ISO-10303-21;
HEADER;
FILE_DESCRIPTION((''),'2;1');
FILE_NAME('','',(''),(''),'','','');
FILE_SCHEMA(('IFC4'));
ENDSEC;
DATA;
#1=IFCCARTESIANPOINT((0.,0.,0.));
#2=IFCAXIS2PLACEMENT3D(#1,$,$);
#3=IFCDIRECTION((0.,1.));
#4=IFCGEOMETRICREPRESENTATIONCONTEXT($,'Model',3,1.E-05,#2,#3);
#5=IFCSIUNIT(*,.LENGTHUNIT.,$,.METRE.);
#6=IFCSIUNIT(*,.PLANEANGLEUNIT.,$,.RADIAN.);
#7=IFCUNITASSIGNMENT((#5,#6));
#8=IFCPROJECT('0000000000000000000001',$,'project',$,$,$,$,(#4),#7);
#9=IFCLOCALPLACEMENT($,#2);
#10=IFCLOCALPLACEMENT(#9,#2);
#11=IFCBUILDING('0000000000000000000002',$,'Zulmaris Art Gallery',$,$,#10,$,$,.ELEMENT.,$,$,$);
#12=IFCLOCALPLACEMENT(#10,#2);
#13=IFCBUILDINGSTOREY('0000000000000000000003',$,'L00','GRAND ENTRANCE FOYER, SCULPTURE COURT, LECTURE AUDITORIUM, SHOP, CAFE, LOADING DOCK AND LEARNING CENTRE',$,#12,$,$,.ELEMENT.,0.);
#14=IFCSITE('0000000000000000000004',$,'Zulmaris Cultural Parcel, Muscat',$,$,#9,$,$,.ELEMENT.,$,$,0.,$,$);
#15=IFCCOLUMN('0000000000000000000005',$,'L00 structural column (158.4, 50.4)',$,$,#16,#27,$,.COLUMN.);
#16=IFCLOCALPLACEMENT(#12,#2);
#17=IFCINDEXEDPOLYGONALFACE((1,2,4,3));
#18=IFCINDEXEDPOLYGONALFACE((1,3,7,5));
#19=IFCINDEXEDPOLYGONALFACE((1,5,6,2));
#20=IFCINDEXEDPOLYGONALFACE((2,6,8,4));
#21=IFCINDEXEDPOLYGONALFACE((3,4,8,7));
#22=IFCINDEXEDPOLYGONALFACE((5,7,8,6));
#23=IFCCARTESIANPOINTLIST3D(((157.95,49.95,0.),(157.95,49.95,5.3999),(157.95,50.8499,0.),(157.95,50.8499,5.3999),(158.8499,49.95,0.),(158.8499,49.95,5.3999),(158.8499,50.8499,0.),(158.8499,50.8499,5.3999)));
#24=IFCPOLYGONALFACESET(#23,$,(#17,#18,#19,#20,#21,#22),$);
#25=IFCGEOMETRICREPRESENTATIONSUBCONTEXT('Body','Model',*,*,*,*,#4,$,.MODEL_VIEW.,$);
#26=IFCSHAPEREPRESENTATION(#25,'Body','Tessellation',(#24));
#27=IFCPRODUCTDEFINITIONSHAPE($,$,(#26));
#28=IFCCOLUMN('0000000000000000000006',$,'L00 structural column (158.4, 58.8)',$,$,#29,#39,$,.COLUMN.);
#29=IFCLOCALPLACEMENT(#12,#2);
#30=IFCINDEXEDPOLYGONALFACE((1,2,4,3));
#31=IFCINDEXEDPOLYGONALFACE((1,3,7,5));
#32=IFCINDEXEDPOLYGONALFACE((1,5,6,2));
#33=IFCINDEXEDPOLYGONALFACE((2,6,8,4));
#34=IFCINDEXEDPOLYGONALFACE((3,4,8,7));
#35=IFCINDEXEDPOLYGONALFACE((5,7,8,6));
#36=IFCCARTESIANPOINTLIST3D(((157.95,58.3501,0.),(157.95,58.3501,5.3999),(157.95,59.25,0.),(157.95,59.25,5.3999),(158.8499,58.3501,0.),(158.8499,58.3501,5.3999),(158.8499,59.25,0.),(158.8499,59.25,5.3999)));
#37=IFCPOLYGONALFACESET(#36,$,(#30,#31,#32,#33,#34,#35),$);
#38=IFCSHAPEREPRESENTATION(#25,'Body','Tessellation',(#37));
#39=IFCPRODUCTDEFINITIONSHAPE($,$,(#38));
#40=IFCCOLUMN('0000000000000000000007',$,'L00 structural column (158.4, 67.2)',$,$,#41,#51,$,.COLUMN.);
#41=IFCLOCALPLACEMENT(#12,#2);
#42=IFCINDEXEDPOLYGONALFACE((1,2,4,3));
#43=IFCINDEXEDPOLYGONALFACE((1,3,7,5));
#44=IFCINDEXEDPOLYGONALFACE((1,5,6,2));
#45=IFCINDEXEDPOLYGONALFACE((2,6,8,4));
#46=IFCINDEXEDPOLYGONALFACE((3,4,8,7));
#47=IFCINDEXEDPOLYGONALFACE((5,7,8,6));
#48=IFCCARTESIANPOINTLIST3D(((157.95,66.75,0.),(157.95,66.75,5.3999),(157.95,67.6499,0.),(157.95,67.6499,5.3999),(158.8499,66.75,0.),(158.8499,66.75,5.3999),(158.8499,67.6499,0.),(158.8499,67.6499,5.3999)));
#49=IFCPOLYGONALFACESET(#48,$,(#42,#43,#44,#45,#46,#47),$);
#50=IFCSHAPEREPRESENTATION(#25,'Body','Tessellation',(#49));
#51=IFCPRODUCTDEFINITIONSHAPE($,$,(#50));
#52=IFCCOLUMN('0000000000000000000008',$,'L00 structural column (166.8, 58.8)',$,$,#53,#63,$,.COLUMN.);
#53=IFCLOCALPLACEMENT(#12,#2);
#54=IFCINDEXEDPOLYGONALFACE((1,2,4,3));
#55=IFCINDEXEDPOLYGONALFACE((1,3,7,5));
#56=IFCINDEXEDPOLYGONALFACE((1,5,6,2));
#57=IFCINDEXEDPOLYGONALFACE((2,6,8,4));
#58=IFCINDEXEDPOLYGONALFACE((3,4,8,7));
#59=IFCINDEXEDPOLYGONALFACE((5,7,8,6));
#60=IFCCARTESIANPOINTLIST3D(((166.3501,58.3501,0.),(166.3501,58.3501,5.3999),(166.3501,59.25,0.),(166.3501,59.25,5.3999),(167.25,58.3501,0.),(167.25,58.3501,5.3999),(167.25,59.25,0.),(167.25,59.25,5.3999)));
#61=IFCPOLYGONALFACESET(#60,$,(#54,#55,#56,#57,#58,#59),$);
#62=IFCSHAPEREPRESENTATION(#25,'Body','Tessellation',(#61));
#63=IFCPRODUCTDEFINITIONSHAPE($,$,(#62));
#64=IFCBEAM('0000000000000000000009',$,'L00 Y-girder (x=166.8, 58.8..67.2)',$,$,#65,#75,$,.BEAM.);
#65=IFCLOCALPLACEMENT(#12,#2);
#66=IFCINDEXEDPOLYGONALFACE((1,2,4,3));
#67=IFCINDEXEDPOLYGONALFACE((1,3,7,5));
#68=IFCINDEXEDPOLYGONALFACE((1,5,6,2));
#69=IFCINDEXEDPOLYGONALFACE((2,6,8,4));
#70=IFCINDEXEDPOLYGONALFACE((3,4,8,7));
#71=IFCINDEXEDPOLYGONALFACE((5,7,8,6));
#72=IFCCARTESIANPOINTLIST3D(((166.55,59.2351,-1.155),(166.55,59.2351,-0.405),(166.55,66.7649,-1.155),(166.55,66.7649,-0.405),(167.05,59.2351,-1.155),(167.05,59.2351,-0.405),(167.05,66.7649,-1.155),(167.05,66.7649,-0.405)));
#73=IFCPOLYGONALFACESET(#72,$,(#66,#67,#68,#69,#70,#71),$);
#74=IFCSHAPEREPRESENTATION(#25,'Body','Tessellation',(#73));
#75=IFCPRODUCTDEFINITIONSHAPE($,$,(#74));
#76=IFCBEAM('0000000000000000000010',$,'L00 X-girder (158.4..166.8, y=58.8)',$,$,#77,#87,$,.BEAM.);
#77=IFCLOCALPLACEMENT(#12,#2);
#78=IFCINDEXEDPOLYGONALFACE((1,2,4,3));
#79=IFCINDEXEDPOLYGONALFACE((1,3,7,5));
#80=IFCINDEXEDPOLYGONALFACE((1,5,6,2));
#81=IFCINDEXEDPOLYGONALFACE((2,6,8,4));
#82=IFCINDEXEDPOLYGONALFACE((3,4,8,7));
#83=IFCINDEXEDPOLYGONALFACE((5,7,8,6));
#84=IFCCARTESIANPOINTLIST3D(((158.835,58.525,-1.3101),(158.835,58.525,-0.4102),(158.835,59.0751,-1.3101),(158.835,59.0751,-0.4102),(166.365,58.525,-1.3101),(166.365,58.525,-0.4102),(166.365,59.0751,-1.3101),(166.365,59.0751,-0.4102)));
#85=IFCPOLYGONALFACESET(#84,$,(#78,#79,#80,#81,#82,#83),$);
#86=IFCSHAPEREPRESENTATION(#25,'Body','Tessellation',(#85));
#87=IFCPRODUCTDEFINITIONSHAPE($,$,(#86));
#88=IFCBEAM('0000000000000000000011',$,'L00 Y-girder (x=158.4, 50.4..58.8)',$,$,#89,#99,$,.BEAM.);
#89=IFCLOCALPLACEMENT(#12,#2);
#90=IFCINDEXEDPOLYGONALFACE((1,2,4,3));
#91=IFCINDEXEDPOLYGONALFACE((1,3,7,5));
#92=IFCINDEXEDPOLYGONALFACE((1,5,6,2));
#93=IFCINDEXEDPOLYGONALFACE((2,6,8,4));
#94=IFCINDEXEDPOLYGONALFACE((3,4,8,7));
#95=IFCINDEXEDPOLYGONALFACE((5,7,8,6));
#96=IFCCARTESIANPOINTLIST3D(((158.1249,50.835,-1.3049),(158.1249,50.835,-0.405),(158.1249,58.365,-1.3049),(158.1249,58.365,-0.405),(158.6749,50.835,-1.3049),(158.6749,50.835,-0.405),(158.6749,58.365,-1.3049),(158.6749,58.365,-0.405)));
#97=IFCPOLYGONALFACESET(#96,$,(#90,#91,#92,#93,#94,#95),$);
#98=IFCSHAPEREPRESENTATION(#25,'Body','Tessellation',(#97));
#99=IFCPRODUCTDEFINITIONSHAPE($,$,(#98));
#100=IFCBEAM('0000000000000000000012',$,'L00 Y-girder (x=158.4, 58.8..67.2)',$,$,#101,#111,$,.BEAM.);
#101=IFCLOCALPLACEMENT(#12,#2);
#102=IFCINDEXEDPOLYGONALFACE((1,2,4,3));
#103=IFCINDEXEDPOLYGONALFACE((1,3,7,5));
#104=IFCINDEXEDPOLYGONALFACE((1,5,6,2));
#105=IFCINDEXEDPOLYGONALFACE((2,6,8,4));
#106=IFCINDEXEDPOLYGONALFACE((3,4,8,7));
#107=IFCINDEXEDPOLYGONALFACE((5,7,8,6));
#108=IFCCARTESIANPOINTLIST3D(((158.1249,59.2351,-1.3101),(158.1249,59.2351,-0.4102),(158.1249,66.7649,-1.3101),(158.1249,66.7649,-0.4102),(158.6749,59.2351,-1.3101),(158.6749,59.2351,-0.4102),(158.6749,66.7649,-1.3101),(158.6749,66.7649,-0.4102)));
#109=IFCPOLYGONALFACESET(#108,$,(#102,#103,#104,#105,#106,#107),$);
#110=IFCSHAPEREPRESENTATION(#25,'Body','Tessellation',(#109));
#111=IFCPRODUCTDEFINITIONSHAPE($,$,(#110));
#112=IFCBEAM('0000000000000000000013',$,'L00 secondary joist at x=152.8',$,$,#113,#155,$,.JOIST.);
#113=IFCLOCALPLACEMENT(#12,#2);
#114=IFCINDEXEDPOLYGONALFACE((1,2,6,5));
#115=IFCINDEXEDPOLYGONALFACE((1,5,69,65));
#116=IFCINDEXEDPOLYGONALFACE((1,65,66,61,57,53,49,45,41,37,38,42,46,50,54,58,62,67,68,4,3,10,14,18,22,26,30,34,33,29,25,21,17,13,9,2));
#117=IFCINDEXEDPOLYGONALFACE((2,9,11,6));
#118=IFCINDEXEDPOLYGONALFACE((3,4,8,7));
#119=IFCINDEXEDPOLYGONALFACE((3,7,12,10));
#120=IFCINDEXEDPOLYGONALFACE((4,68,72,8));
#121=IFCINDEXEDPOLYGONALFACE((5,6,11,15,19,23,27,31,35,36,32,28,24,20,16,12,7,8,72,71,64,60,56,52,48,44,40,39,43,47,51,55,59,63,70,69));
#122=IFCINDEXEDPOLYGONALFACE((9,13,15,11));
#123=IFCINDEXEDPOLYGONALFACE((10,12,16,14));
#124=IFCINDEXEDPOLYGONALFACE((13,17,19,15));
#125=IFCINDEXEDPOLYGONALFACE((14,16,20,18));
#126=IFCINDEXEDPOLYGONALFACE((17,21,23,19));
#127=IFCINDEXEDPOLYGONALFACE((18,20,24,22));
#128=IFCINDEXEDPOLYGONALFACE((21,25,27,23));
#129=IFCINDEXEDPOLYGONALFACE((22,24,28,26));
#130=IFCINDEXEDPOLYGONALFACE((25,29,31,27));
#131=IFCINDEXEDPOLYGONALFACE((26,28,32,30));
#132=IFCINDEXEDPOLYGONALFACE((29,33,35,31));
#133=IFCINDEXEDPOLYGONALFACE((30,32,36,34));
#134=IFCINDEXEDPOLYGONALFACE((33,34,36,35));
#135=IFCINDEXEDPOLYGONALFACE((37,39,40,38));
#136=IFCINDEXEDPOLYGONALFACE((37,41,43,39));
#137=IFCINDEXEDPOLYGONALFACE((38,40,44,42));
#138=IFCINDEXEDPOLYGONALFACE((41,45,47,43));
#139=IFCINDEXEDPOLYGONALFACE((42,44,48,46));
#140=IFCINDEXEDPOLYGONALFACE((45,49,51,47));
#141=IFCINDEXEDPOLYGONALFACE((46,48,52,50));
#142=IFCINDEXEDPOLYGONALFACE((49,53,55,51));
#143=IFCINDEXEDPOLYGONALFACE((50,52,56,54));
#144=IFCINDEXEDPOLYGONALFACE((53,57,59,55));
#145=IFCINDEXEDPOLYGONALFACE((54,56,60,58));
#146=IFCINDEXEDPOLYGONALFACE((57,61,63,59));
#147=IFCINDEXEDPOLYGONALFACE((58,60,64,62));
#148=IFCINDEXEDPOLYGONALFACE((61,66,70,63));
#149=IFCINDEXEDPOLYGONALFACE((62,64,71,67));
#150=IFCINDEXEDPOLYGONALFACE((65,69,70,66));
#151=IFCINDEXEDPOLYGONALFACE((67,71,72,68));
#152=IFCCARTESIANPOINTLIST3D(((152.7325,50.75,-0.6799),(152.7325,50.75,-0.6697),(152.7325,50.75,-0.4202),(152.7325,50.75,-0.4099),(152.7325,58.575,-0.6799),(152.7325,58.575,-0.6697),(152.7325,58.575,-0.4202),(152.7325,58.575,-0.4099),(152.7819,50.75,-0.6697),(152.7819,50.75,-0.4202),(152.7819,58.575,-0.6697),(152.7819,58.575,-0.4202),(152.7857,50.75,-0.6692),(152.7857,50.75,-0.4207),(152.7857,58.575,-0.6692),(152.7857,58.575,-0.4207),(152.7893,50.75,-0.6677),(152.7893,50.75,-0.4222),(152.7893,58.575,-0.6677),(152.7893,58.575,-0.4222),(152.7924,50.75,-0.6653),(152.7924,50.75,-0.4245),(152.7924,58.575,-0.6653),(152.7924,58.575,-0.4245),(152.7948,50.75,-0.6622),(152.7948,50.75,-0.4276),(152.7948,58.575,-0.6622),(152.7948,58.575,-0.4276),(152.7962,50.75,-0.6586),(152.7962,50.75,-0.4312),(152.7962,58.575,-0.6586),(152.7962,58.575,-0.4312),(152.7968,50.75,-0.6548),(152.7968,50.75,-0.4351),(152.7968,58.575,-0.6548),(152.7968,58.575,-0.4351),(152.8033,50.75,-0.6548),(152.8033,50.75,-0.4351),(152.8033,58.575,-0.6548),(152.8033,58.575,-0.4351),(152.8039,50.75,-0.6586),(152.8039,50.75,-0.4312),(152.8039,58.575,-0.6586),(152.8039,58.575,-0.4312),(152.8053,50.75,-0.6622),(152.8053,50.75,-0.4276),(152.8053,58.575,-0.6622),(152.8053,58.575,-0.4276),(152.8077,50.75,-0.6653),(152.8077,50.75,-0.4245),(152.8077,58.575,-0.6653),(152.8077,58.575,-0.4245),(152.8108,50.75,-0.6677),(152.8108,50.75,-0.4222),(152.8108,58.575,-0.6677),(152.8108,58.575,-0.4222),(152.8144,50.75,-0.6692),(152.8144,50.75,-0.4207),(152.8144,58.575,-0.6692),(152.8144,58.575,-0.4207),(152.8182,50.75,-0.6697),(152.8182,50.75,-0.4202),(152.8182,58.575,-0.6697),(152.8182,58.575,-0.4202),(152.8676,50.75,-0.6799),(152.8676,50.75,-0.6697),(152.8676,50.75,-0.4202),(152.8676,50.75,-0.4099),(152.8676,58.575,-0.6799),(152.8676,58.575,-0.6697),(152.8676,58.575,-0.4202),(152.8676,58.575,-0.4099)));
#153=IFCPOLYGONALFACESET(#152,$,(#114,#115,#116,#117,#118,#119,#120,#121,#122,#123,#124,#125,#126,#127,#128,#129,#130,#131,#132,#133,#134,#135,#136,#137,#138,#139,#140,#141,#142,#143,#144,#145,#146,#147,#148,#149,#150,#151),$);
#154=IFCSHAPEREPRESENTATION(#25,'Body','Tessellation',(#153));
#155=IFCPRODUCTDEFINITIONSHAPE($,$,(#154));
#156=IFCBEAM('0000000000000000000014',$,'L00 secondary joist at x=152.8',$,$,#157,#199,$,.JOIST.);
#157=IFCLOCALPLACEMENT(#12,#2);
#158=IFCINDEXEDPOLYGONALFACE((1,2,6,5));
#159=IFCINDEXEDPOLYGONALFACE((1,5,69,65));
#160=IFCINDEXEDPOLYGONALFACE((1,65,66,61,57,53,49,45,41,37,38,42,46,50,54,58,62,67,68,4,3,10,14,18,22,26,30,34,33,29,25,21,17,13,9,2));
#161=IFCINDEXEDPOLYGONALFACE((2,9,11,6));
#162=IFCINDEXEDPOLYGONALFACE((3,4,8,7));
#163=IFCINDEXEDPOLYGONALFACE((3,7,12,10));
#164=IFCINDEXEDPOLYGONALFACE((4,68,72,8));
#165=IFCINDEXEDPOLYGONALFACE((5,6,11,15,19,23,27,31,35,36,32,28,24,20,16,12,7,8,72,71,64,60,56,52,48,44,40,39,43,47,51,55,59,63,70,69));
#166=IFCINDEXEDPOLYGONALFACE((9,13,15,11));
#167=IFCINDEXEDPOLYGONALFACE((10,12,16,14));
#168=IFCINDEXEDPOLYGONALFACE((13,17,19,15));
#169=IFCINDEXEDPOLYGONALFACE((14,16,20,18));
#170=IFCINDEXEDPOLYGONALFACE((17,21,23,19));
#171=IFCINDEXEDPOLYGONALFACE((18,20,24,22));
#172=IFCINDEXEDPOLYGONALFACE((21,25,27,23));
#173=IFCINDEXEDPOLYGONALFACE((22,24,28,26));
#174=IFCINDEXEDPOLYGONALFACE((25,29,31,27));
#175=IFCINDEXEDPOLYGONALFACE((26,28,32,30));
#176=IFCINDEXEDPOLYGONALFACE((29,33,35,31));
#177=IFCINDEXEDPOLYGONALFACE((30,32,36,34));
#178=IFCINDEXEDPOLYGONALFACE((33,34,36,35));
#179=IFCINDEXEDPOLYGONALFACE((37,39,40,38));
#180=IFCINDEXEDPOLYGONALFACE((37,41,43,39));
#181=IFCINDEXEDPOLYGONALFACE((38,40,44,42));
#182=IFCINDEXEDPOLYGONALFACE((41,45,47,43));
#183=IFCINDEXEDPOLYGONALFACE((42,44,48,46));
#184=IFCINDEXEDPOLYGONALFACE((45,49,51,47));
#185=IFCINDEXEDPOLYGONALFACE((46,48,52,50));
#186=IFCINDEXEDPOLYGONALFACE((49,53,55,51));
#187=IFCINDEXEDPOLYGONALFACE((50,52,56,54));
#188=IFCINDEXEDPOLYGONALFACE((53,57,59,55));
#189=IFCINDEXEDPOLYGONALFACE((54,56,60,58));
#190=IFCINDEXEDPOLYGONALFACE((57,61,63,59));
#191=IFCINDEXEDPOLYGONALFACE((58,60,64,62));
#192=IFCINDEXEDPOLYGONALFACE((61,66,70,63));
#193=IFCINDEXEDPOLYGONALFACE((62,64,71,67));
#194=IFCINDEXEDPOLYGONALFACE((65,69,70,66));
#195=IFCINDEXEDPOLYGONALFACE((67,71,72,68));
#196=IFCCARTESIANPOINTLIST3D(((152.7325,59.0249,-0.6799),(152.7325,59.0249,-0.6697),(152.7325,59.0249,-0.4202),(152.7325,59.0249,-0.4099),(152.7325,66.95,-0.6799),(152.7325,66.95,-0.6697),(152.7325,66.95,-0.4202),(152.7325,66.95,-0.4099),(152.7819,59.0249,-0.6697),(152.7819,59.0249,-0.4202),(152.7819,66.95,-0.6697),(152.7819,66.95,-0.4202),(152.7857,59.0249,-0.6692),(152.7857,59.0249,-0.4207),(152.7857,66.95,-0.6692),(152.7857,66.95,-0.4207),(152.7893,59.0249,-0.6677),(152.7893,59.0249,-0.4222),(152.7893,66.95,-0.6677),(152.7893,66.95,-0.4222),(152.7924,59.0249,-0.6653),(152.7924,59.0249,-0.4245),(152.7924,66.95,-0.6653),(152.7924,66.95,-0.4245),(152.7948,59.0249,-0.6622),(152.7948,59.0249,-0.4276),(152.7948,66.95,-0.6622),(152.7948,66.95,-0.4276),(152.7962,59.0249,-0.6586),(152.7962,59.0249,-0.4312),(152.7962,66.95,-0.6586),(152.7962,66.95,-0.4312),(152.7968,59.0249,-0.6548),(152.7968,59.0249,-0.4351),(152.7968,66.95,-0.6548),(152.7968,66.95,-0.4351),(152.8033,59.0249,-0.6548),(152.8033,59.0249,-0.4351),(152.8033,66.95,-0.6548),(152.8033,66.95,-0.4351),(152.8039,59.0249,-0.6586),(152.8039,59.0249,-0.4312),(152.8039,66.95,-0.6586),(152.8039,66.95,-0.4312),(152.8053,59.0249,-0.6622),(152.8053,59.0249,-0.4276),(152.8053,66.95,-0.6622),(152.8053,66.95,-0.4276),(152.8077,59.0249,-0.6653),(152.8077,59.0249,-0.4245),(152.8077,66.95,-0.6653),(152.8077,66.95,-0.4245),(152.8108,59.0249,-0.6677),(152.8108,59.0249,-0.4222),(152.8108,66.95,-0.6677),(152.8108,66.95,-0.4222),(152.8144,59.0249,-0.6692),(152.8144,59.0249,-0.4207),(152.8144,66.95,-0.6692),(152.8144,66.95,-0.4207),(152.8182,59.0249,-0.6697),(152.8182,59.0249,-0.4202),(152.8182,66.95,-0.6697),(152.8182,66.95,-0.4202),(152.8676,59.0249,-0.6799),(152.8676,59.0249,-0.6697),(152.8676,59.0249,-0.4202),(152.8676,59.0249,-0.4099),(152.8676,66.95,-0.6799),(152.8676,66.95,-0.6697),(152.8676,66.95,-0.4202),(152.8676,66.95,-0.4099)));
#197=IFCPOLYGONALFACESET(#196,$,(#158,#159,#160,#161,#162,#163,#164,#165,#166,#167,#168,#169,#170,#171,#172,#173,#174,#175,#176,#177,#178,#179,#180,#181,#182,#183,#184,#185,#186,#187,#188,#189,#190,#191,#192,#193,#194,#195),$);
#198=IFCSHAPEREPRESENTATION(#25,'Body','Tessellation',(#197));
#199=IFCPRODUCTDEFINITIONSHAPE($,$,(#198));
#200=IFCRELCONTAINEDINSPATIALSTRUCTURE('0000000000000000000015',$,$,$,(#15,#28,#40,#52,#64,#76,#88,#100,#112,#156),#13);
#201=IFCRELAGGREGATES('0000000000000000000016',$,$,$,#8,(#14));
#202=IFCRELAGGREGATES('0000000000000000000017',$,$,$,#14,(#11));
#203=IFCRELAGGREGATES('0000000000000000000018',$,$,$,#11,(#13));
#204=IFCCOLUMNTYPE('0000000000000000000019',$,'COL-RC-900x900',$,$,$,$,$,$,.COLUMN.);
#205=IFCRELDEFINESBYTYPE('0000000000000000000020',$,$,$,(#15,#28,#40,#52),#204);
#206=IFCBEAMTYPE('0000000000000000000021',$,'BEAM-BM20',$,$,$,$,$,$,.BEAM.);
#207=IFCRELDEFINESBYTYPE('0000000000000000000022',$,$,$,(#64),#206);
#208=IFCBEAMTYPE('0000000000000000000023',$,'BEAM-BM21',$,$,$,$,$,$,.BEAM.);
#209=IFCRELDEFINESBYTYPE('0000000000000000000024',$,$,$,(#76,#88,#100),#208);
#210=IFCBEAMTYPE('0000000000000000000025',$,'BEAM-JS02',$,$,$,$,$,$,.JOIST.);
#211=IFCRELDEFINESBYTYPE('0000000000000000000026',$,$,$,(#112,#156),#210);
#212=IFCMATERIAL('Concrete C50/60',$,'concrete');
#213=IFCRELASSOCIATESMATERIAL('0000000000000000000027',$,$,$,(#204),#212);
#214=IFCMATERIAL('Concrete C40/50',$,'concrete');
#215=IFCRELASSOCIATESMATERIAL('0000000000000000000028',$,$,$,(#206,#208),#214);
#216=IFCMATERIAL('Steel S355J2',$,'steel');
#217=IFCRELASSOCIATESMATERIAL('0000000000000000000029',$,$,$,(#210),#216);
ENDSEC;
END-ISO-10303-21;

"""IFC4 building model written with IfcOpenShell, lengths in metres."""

from ifc_helpers import new_model, si_unit, direction, frame, origin, origin_2d, place, context, subcontext, project, spatial, rectangle, i_section, extrude, material, material_profile, profile_set, type_object, element, save


model = new_model("IFC4")

# Units and contexts
model_context = context("Model", 3, precision=1e-05, world=origin(), true_north=direction((0.0, 1.0)))
body_context = subcontext(model_context, "Body", "Model", "MODEL_VIEW")
ifc_project = project(units=[si_unit("LENGTHUNIT", "METRE"), si_unit("PLANEANGLEUNIT", "RADIAN")], contexts=[model_context])

# Site, building, storey
site_placement = place(None, origin())
site = spatial("IfcSite", under=ifc_project, at=site_placement, Name="Zulmaris Cultural Parcel, Muscat", CompositionType="ELEMENT", RefElevation=0.0)
building_placement = place(site_placement, origin())
building = spatial("IfcBuilding", under=site, at=building_placement, Name="Zulmaris Art Gallery", CompositionType="ELEMENT")
storey_placement = place(building_placement, origin())
storey = spatial("IfcBuildingStorey", under=building, at=storey_placement, Name="L00", Description="GRAND ENTRANCE FOYER, SCULPTURE COURT, LECTURE AUDITORIUM, SHOP, CAFE, LOADING DOCK AND LEARNING CENTRE", CompositionType="ELEMENT", Elevation=0.0)

# Columns
ifc_material_1 = material(Name="Concrete C50/60", Category="concrete")
ifc_material_profile_1 = material_profile(ifc_material_1, rectangle(XDim=0.8999, YDim=0.8999, at=origin_2d()), Name="RC 900x900")
ifc_profile_set_1 = profile_set([ifc_material_profile_1], Name="Concrete C50/60")
column_type = type_object("IfcColumnType", Name="COL-RC-900x900", PredefinedType="COLUMN", material=ifc_profile_set_1)
for number, where, z_axis, x_axis, name in (
    (1, (158.3999, 50.3999, 0.0), (0.0, 0.0, 1.0), (1.0, 0.0, 0.0), "L00 structural column (158.4, 50.4)"),
    (2, (158.3999, 58.8, 0.0), (0.0, 0.0, 1.0), (1.0, 0.0, 0.0), "L00 structural column (158.4, 58.8)"),
    (3, (158.3999, 67.2, 0.0), (0.0, 0.0, 1.0), (1.0, 0.0, 0.0), "L00 structural column (158.4, 67.2)"),
    (4, (166.8, 58.8, 0.0), (0.0, 0.0, 1.0), (1.0, 0.0, 0.0), "L00 structural column (166.8, 58.8)"),
):
    element("IfcColumn", number, at=place(storey_placement, frame(where, z_axis=z_axis, x_axis=x_axis)), inside=storey, type_object=column_type, Name=name, PredefinedType="COLUMN", context=body_context, shape_type="SweptSolid", body=[
        extrude(rectangle(XDim=0.8999, YDim=0.8999, at=origin_2d()), origin(), (0.0, 0.0, 1.0), 5.3999),
    ])

# Beams
ifc_material_2 = material(Name="Concrete C40/50", Category="concrete")
ifc_material_profile_2 = material_profile(ifc_material_2, rectangle(XDim=0.5, YDim=0.75, at=origin_2d()), Name="RC 500x750")
ifc_profile_set_2 = profile_set([ifc_material_profile_2], Name="Concrete C40/50")
beam_type_1 = type_object("IfcBeamType", Name="BEAM-BM20", PredefinedType="BEAM", material=ifc_profile_set_2)
beam_1_placement = place(storey_placement, frame((166.8, 59.2351, -0.78), z_axis=(0.0, 1.0, 0.0), x_axis=(-1.0, 0.0, 0.0)))
element("IfcBeam", 5, at=beam_1_placement, inside=storey, type_object=beam_type_1, Name="L00 Y-girder (x=166.8, 58.8..67.2)", PredefinedType="BEAM", context=body_context, shape_type="SweptSolid", body=[
    extrude(rectangle(XDim=0.5, YDim=0.75, at=origin_2d()), origin(), (0.0, 0.0, 1.0), 7.5298),
])
ifc_material_profile_3 = material_profile(ifc_material_2, rectangle(XDim=0.55, YDim=0.8999, at=origin_2d()), Name="RC 550x900")
ifc_profile_set_3 = profile_set([ifc_material_profile_3], Name="Concrete C40/50")
beam_type_2 = type_object("IfcBeamType", Name="BEAM-BM21", PredefinedType="BEAM", material=ifc_profile_set_3)
for number, where, z_axis, x_axis, name in (
    (6, (158.835, 58.8, -0.8601), (1.0, 0.0, 0.0), (0.0, 1.0, 0.0), "L00 X-girder (158.4..166.8, y=58.8)"),
    (7, (158.3999, 50.835, -0.855), (0.0, 1.0, 0.0), (-1.0, 0.0, 0.0), "L00 Y-girder (x=158.4, 50.4..58.8)"),
):
    element("IfcBeam", number, at=place(storey_placement, frame(where, z_axis=z_axis, x_axis=x_axis)), inside=storey, type_object=beam_type_2, Name=name, PredefinedType="BEAM", context=body_context, shape_type="SweptSolid", body=[
        extrude(rectangle(XDim=0.55, YDim=0.8999, at=origin_2d()), origin(), (0.0, 0.0, 1.0), 7.53),
    ])
beam_2_placement = place(storey_placement, frame((158.3999, 59.2351, -0.8601), z_axis=(0.0, 1.0, 0.0), x_axis=(-1.0, 0.0, 0.0)))
element("IfcBeam", 8, at=beam_2_placement, inside=storey, type_object=beam_type_2, Name="L00 Y-girder (x=158.4, 58.8..67.2)", PredefinedType="BEAM", context=body_context, shape_type="SweptSolid", body=[
    extrude(rectangle(XDim=0.55, YDim=0.8999, at=origin_2d()), origin(), (0.0, 0.0, 1.0), 7.5298),
])
ifc_material_3 = material(Name="Steel S355J2", Category="steel")
ifc_material_profile_4 = material_profile(ifc_material_3, i_section(OverallWidth=0.135, OverallDepth=0.27, WebThickness=0.0066, FlangeThickness=0.0103, FilletRadius=0.0149, at=origin_2d()), Name="IPE 270")
ifc_profile_set_4 = profile_set([ifc_material_profile_4], Name="Steel S355J2")
beam_type_3 = type_object("IfcBeamType", Name="BEAM-JS02", PredefinedType="JOIST", material=ifc_profile_set_4)
beam_3_placement = place(storey_placement, frame((152.8, 50.75, -0.5449), z_axis=(0.0, 1.0, 0.0), x_axis=(-1.0, 0.0, 0.0)))
element("IfcBeam", 9, at=beam_3_placement, inside=storey, type_object=beam_type_3, Name="L00 secondary joist at x=152.8", PredefinedType="JOIST", context=body_context, shape_type="SweptSolid", body=[
    extrude(i_section(OverallWidth=0.135, OverallDepth=0.27, WebThickness=0.0066, FlangeThickness=0.0103, FilletRadius=0.0149, at=origin_2d()), origin(), (0.0, 0.0, 1.0), 7.825),
])
beam_4_placement = place(storey_placement, frame((152.8, 59.0249, -0.5449), z_axis=(0.0, 1.0, 0.0), x_axis=(-1.0, 0.0, 0.0)))
element("IfcBeam", 10, at=beam_4_placement, inside=storey, type_object=beam_type_3, Name="L00 secondary joist at x=152.8", PredefinedType="JOIST", context=body_context, shape_type="SweptSolid", body=[
    extrude(i_section(OverallWidth=0.135, OverallDepth=0.27, WebThickness=0.0066, FlangeThickness=0.0103, FilletRadius=0.0149, at=origin_2d()), origin(), (0.0, 0.0, 1.0), 7.925),
])

save(model, "model.ifc")
